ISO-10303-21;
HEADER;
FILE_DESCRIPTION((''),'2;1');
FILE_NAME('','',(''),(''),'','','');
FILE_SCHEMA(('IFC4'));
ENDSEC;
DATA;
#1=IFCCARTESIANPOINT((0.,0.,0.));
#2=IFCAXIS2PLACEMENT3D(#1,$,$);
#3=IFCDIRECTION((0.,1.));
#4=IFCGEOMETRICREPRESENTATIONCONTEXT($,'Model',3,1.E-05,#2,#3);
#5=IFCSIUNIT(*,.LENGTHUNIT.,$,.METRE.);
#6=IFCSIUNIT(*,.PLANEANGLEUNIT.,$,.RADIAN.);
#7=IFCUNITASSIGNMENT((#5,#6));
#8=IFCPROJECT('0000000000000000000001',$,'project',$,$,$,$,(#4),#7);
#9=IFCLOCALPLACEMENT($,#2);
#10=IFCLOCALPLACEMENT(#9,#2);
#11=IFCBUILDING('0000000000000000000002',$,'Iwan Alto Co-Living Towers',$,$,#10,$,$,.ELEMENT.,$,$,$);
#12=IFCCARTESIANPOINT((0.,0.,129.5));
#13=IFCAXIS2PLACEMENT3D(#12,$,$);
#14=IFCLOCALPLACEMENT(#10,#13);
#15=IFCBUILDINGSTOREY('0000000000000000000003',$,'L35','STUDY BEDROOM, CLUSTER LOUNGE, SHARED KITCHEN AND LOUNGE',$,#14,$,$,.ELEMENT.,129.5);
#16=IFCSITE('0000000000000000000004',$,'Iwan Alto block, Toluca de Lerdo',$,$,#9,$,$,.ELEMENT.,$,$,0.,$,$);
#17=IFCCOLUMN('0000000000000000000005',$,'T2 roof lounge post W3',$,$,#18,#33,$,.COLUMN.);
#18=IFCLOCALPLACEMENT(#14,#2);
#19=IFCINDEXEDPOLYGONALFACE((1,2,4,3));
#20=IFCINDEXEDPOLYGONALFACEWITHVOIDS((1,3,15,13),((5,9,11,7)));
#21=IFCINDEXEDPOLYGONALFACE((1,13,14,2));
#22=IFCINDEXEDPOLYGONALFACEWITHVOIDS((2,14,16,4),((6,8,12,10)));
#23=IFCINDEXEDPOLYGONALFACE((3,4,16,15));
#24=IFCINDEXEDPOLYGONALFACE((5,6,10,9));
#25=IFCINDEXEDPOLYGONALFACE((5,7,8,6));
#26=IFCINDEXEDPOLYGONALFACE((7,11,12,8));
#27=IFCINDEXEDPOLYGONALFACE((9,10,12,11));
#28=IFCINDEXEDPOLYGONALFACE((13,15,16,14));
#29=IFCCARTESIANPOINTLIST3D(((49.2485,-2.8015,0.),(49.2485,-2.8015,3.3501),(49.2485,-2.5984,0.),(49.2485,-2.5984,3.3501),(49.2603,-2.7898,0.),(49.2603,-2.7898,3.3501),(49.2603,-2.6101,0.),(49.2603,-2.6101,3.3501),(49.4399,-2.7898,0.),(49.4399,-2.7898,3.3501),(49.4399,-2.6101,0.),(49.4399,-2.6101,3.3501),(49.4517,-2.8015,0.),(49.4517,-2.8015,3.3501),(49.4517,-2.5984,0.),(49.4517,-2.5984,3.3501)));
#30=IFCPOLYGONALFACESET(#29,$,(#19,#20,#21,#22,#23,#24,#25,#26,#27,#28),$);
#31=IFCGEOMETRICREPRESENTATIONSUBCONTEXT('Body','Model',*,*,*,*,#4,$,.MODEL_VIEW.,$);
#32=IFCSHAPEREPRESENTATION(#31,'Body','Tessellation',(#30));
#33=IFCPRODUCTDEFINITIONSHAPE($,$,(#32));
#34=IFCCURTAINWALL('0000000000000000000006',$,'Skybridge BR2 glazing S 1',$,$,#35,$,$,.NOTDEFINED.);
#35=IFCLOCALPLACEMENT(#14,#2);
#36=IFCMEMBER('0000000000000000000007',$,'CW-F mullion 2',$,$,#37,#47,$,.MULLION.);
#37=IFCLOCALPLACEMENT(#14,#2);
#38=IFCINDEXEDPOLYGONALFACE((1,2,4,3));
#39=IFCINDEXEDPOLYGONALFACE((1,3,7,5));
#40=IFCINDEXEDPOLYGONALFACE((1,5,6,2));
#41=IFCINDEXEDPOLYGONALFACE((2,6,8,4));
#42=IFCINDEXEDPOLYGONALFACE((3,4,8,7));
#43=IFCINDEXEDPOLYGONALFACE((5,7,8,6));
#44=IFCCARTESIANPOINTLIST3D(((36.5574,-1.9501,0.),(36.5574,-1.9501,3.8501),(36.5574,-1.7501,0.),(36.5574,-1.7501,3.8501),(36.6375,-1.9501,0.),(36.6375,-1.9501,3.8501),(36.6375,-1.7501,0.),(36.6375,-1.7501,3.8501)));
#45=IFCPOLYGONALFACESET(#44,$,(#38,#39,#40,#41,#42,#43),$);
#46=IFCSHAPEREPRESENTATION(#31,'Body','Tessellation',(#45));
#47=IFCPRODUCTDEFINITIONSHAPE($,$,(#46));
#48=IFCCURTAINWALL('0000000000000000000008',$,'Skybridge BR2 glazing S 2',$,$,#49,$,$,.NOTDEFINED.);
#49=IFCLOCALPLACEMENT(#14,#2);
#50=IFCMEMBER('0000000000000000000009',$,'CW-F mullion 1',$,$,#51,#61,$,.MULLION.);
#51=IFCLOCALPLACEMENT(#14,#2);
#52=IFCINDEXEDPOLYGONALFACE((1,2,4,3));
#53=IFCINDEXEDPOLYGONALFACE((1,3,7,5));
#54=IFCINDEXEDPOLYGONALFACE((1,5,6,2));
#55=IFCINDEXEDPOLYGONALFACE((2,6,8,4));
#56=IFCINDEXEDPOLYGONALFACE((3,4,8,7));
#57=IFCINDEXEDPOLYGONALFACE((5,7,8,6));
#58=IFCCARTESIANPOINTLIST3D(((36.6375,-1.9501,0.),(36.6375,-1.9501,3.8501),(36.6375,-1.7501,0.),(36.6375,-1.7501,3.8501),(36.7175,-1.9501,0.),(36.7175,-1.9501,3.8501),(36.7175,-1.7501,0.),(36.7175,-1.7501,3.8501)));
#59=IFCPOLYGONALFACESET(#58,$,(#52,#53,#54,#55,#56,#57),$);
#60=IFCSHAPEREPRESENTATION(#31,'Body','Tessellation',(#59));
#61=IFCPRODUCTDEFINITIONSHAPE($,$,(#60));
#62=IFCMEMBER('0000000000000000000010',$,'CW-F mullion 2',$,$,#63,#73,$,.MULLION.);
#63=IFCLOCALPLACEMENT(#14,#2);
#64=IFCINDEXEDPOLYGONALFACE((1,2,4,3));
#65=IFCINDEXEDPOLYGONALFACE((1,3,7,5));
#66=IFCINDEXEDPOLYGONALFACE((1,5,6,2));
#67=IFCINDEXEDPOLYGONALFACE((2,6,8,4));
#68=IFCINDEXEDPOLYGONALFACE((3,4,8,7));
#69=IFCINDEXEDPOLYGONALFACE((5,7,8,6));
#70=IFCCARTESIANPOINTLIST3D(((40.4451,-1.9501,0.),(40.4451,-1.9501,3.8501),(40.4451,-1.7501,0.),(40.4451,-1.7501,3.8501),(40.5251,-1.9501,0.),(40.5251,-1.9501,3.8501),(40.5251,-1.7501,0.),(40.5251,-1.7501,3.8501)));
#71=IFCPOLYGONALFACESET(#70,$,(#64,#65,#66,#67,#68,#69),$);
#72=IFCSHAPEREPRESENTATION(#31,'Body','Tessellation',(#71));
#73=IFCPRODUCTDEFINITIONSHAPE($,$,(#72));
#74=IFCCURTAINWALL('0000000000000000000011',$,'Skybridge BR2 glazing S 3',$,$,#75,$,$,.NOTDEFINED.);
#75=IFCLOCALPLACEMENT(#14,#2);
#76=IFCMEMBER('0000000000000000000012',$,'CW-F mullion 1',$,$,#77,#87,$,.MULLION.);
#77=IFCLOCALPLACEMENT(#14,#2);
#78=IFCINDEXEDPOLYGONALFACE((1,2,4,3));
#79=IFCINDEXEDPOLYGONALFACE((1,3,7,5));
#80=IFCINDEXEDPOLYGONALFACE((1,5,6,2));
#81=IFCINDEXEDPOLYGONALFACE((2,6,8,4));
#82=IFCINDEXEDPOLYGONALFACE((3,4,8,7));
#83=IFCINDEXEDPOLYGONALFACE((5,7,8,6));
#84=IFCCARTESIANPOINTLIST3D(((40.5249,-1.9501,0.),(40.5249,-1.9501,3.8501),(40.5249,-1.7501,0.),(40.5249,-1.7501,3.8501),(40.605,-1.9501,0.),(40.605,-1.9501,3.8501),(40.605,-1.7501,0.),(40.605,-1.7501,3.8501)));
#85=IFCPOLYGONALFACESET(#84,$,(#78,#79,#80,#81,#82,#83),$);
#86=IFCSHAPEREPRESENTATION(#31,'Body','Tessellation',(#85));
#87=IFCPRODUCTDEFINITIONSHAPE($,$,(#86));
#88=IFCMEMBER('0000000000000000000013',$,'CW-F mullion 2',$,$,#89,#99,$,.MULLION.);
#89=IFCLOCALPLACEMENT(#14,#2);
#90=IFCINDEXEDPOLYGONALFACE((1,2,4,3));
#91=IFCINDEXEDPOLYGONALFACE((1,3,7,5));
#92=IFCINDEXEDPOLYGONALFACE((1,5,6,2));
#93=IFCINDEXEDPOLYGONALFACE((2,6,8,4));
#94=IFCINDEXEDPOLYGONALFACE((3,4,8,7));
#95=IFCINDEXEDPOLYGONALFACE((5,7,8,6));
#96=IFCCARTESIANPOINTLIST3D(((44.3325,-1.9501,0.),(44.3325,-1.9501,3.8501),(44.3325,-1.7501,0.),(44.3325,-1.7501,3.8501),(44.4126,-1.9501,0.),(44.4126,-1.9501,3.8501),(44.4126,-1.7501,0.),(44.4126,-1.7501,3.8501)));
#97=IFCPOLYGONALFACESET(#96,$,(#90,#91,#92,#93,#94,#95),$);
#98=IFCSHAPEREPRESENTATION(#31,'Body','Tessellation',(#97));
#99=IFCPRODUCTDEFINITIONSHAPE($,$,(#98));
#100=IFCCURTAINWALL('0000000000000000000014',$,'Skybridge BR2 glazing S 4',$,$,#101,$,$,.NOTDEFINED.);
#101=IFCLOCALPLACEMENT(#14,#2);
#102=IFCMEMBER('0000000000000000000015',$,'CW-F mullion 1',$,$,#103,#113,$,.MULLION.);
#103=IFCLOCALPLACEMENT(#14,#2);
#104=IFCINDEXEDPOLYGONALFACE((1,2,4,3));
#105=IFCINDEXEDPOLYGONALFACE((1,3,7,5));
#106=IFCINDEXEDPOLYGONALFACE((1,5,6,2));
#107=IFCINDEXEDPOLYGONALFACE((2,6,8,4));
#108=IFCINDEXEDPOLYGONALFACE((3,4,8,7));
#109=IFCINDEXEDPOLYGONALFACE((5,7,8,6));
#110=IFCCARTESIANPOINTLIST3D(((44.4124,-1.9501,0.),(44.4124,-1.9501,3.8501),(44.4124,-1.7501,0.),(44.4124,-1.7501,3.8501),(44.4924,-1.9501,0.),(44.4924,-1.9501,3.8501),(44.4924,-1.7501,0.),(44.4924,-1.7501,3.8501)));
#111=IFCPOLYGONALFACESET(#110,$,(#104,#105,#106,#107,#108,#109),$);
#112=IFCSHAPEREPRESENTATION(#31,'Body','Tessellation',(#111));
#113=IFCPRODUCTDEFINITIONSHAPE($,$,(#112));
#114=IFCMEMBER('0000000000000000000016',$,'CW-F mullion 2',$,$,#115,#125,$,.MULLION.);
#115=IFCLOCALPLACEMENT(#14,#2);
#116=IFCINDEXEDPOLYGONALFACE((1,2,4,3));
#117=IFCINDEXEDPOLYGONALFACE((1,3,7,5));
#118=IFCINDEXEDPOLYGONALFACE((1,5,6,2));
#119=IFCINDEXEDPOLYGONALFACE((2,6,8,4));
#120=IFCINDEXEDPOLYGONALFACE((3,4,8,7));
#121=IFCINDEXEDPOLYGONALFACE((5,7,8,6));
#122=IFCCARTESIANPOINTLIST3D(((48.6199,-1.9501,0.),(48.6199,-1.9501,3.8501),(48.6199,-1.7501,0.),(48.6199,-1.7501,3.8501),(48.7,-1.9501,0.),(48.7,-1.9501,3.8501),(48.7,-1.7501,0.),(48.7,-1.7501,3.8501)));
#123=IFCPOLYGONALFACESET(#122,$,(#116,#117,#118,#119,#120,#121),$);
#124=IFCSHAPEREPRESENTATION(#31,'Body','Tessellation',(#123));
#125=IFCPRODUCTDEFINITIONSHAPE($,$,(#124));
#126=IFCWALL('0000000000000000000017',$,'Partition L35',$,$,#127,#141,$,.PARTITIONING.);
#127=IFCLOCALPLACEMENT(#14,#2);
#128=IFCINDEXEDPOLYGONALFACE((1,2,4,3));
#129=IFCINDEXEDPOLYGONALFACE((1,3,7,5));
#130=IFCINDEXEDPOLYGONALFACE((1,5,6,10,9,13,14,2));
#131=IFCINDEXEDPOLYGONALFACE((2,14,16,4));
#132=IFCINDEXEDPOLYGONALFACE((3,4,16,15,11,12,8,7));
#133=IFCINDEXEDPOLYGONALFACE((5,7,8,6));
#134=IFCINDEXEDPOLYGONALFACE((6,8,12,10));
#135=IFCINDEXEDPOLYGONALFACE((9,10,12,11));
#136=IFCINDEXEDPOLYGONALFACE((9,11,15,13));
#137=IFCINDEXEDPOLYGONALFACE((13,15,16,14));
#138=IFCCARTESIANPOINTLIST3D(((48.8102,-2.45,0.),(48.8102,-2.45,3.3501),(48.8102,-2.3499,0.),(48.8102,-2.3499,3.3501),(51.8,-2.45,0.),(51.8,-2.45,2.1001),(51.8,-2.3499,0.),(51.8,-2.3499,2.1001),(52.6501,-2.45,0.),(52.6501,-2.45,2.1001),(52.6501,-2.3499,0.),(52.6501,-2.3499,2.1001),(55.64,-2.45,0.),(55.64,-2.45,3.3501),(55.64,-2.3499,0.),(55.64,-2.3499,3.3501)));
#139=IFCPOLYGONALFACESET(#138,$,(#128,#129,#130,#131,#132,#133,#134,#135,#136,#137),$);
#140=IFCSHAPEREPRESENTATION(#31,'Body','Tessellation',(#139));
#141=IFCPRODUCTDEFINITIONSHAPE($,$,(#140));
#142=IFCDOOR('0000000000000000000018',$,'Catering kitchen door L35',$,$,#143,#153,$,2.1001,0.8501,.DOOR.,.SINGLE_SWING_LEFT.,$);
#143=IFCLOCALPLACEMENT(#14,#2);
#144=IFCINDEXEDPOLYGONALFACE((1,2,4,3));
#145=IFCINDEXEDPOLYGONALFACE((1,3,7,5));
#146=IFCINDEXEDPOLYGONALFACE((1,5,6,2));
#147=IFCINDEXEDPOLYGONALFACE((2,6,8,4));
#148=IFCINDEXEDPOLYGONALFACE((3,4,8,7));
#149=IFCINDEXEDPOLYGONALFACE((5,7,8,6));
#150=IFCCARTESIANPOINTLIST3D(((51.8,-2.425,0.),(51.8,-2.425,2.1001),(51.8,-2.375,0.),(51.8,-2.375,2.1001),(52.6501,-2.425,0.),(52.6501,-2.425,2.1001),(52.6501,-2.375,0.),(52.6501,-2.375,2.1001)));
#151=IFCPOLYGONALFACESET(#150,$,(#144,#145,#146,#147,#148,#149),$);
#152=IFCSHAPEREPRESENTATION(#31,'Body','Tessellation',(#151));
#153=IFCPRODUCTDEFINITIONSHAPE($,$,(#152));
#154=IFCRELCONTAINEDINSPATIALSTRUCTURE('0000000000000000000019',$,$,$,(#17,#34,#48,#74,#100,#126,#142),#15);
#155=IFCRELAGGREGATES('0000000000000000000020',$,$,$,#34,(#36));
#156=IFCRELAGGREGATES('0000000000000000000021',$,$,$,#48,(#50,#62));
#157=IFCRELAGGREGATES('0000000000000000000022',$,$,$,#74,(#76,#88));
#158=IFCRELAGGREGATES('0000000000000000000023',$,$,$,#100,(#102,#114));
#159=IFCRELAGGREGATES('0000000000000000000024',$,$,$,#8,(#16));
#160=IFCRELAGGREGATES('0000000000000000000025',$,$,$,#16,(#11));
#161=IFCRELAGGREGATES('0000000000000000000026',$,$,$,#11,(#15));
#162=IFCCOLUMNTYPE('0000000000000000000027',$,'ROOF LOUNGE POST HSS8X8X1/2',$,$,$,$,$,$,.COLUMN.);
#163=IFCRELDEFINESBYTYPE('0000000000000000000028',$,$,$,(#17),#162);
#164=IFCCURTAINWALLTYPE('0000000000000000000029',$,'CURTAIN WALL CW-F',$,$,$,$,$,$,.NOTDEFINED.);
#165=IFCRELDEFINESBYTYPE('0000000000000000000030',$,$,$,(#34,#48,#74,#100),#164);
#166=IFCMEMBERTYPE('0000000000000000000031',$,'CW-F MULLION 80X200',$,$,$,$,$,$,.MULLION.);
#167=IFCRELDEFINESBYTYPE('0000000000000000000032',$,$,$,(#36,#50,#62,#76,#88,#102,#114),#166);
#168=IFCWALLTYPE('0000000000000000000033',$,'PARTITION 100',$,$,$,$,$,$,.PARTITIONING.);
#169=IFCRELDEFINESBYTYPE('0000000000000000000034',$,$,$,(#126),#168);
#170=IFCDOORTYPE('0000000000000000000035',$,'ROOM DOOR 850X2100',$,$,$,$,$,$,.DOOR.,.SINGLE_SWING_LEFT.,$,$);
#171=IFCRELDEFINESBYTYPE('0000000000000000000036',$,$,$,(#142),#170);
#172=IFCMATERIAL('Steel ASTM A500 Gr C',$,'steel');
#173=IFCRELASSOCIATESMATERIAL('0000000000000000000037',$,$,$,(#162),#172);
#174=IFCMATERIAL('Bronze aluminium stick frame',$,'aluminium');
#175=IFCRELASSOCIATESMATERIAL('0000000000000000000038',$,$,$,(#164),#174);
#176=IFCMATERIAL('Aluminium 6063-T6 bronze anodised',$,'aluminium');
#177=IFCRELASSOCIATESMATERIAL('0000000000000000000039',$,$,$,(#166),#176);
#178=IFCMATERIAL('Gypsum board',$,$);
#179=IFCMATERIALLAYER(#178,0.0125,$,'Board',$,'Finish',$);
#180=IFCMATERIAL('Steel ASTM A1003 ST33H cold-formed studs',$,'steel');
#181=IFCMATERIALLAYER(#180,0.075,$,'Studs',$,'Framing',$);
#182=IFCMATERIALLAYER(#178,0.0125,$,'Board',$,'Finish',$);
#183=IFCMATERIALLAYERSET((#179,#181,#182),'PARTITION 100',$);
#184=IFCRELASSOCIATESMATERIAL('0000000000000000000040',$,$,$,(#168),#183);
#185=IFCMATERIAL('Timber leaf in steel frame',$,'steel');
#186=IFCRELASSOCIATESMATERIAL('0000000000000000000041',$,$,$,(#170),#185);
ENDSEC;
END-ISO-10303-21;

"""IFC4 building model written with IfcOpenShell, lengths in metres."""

from ifc_helpers import new_model, si_unit, direction, frame, frame_2d, origin, origin_2d, place, context, subcontext, project, spatial, rectangle, hollow_rectangle, extrude, material, layer, layer_set, material_profile, profile_set, type_object, element, fill, aggregate, save


model = new_model("IFC4")

# Units and contexts
model_context = context("Model", 3, precision=1e-05, world=origin(), true_north=direction((0.0, 1.0)))
body_context = subcontext(model_context, "Body", "Model", "MODEL_VIEW")
ifc_project = project(units=[si_unit("LENGTHUNIT", "METRE"), si_unit("PLANEANGLEUNIT", "RADIAN")], contexts=[model_context])

# Site, building, storey
site_placement = place(None, origin())
site = spatial("IfcSite", under=ifc_project, at=site_placement, Name="Iwan Alto block, Toluca de Lerdo", CompositionType="ELEMENT", RefElevation=0.0)
building_placement = place(site_placement, origin())
building = spatial("IfcBuilding", under=site, at=building_placement, Name="Iwan Alto Co-Living Towers", CompositionType="ELEMENT")
storey_placement = place(building_placement, frame((0.0, 0.0, 129.5)))
storey = spatial("IfcBuildingStorey", under=building, at=storey_placement, Name="L35", Description="STUDY BEDROOM, CLUSTER LOUNGE, SHARED KITCHEN AND LOUNGE", CompositionType="ELEMENT", Elevation=129.5)

# Column
ifc_material_1 = material(Name="Steel ASTM A500 Gr C", Category="steel")
ifc_material_profile_1 = material_profile(ifc_material_1, hollow_rectangle(XDim=0.2031, YDim=0.2031, WallThickness=0.0117, at=origin_2d()), Name="HSS8X8X1/2")
ifc_profile_set_1 = profile_set([ifc_material_profile_1], Name="Steel ASTM A500 Gr C")
column_type = type_object("IfcColumnType", Name="ROOF LOUNGE POST HSS8X8X1/2", PredefinedType="COLUMN", material=ifc_profile_set_1)
column_placement = place(storey_placement, frame((49.3501, -2.7, 0.0), z_axis=(0.0, 0.0, 1.0), x_axis=(1.0, 0.0, 0.0)))
element("IfcColumn", 1, at=column_placement, inside=storey, type_object=column_type, Name="T2 roof lounge post W3", PredefinedType="COLUMN", context=body_context, shape_type="SweptSolid", body=[
    extrude(hollow_rectangle(XDim=0.2031, YDim=0.2031, WallThickness=0.0117, at=origin_2d()), origin(), (0.0, 0.0, 1.0), 3.3501),
])

# Curtain wall, member
ifc_material_2 = material(Name="Bronze aluminium stick frame", Category="aluminium")
curtain_wall_type = type_object("IfcCurtainWallType", Name="CURTAIN WALL CW-F", PredefinedType="NOTDEFINED", material=ifc_material_2)
curtain_wall_1_placement = place(storey_placement, origin())
curtain_wall_1 = element("IfcCurtainWall", 2, at=curtain_wall_1_placement, inside=storey, type_object=curtain_wall_type, Name="Skybridge BR2 glazing S 1", PredefinedType="NOTDEFINED")
ifc_material_3 = material(Name="Aluminium 6063-T6 bronze anodised", Category="aluminium")
ifc_material_profile_2 = material_profile(ifc_material_3, rectangle(XDim=0.2, YDim=0.0801, at=origin_2d()), Name="AL 80X200")
ifc_profile_set_2 = profile_set([ifc_material_profile_2], Name="Aluminium 6063-T6 bronze anodised")
member_type = type_object("IfcMemberType", Name="CW-F MULLION 80X200", PredefinedType="MULLION", material=ifc_profile_set_2)
member_1_placement = place(storey_placement, frame((36.5974, -1.8501, 0.0), z_axis=(0.0, 0.0, 1.0), x_axis=(0.0, 1.0, 0.0)))
member_1 = element("IfcMember", 3, at=member_1_placement, type_object=member_type, Name="CW-F mullion 2", PredefinedType="MULLION", context=body_context, shape_type="SweptSolid", body=[
    extrude(rectangle(XDim=0.2, YDim=0.0801, at=origin_2d()), origin(), (0.0, 0.0, 1.0), 3.8501),
])
aggregate(curtain_wall_1, [member_1])

# Curtain walls, members
curtain_wall_2_placement = place(storey_placement, origin())
curtain_wall_2 = element("IfcCurtainWall", 4, at=curtain_wall_2_placement, inside=storey, type_object=curtain_wall_type, Name="Skybridge BR2 glazing S 2", PredefinedType="NOTDEFINED")
member_2_placement = place(storey_placement, frame((36.6775, -1.8501, 0.0), z_axis=(0.0, 0.0, 1.0), x_axis=(0.0, 1.0, 0.0)))
member_2 = element("IfcMember", 5, at=member_2_placement, type_object=member_type, Name="CW-F mullion 1", PredefinedType="MULLION", context=body_context, shape_type="SweptSolid", body=[
    extrude(rectangle(XDim=0.2, YDim=0.0801, at=origin_2d()), origin(), (0.0, 0.0, 1.0), 3.8501),
])
member_3_placement = place(storey_placement, frame((40.4851, -1.8501, 0.0), z_axis=(0.0, 0.0, 1.0), x_axis=(0.0, 1.0, 0.0)))
member_3 = element("IfcMember", 6, at=member_3_placement, type_object=member_type, Name="CW-F mullion 2", PredefinedType="MULLION", context=body_context, shape_type="SweptSolid", body=[
    extrude(rectangle(XDim=0.2, YDim=0.0801, at=origin_2d()), origin(), (0.0, 0.0, 1.0), 3.8501),
])
aggregate(curtain_wall_2, [member_2, member_3])
curtain_wall_3_placement = place(storey_placement, origin())
curtain_wall_3 = element("IfcCurtainWall", 7, at=curtain_wall_3_placement, inside=storey, type_object=curtain_wall_type, Name="Skybridge BR2 glazing S 3", PredefinedType="NOTDEFINED")
member_4_placement = place(storey_placement, frame((40.5649, -1.8501, 0.0), z_axis=(0.0, 0.0, 1.0), x_axis=(0.0, 1.0, 0.0)))
member_4 = element("IfcMember", 8, at=member_4_placement, type_object=member_type, Name="CW-F mullion 1", PredefinedType="MULLION", context=body_context, shape_type="SweptSolid", body=[
    extrude(rectangle(XDim=0.2, YDim=0.0801, at=origin_2d()), origin(), (0.0, 0.0, 1.0), 3.8501),
])
member_5_placement = place(storey_placement, frame((44.3726, -1.8501, 0.0), z_axis=(0.0, 0.0, 1.0), x_axis=(0.0, 1.0, 0.0)))
member_5 = element("IfcMember", 9, at=member_5_placement, type_object=member_type, Name="CW-F mullion 2", PredefinedType="MULLION", context=body_context, shape_type="SweptSolid", body=[
    extrude(rectangle(XDim=0.2, YDim=0.0801, at=origin_2d()), origin(), (0.0, 0.0, 1.0), 3.8501),
])
aggregate(curtain_wall_3, [member_4, member_5])
curtain_wall_4_placement = place(storey_placement, origin())
curtain_wall_4 = element("IfcCurtainWall", 10, at=curtain_wall_4_placement, inside=storey, type_object=curtain_wall_type, Name="Skybridge BR2 glazing S 4", PredefinedType="NOTDEFINED")
member_6_placement = place(storey_placement, frame((44.4524, -1.8501, 0.0), z_axis=(0.0, 0.0, 1.0), x_axis=(0.0, 1.0, 0.0)))
member_6 = element("IfcMember", 11, at=member_6_placement, type_object=member_type, Name="CW-F mullion 1", PredefinedType="MULLION", context=body_context, shape_type="SweptSolid", body=[
    extrude(rectangle(XDim=0.2, YDim=0.0801, at=origin_2d()), origin(), (0.0, 0.0, 1.0), 3.8501),
])
member_7_placement = place(storey_placement, frame((48.6599, -1.8501, 0.0), z_axis=(0.0, 0.0, 1.0), x_axis=(0.0, 1.0, 0.0)))
member_7 = element("IfcMember", 12, at=member_7_placement, type_object=member_type, Name="CW-F mullion 2", PredefinedType="MULLION", context=body_context, shape_type="SweptSolid", body=[
    extrude(rectangle(XDim=0.2, YDim=0.0801, at=origin_2d()), origin(), (0.0, 0.0, 1.0), 3.8501),
])
aggregate(curtain_wall_4, [member_6, member_7])

# Wall, opening, door
ifc_material_4 = material(Name="Gypsum board")
ifc_layer_1 = layer(ifc_material_4, 0.0125, Name="Board", Category="Finish")
ifc_material_5 = material(Name="Steel ASTM A1003 ST33H cold-formed studs", Category="steel")
ifc_layer_2 = layer(ifc_material_5, 0.075, Name="Studs", Category="Framing")
ifc_layer_3 = layer(ifc_material_4, 0.0125, Name="Board", Category="Finish")
ifc_layer_set_1 = layer_set([ifc_layer_1, ifc_layer_2, ifc_layer_3], Name="PARTITION 100")
wall_type_1 = type_object("IfcWallType", Name="PARTITION 100", PredefinedType="PARTITIONING", material=ifc_layer_set_1)
wall_1_placement = place(storey_placement, frame((48.8101, -2.3999, 0.0), z_axis=(0.0, 0.0, 1.0), x_axis=(1.0, 0.0, 0.0)))
wall_1 = element("IfcWall", 13, at=wall_1_placement, inside=storey, type_object=wall_type_1, Name="Partition L35", PredefinedType="PARTITIONING", context=body_context, shape_type="SweptSolid", body=[
    extrude(rectangle(XDim=6.8298, YDim=0.1001, at=frame_2d((3.415, 0.0))), origin(), (0.0, 0.0, 1.0), 3.3501),
])
opening_1_placement = place(wall_1_placement, frame((2.99, 0.0, 0.0)))
opening_1 = element("IfcOpeningElement", 14, at=opening_1_placement, cuts=wall_1, PredefinedType="OPENING", context=body_context, shape_type="SweptSolid", body=[
    extrude(rectangle(XDim=0.8501, YDim=2.1001, at=frame_2d((0.425, 1.05))), frame((0.0, 0.0601, 0.0), z_axis=(0.0, -1.0, 0.0), x_axis=(1.0, 0.0, 0.0)), (0.0, 0.0, 1.0), 0.1201),
])
ifc_material_6 = material(Name="Timber leaf in steel frame", Category="steel")
door_type_1 = type_object("IfcDoorType", Name="ROOM DOOR 850X2100", OperationType="SINGLE_SWING_LEFT", PredefinedType="DOOR", material=ifc_material_6)
door_1_placement = place(opening_1_placement, origin())
door_1 = element("IfcDoor", 15, at=door_1_placement, inside=storey, type_object=door_type_1, Name="Catering kitchen door L35", OperationType="SINGLE_SWING_LEFT", OverallHeight=2.1001, OverallWidth=0.8501, PredefinedType="DOOR", context=body_context, shape_type="SweptSolid", body=[
    extrude(rectangle(XDim=0.8501, YDim=2.1001, at=frame_2d((0.425, 1.05))), frame((0.0, 0.0249, 0.0), z_axis=(0.0, -1.0, 0.0), x_axis=(1.0, 0.0, 0.0)), (0.0, 0.0, 1.0), 0.05),
])
fill(opening_1, door_1)

save(model, "model.ifc")
